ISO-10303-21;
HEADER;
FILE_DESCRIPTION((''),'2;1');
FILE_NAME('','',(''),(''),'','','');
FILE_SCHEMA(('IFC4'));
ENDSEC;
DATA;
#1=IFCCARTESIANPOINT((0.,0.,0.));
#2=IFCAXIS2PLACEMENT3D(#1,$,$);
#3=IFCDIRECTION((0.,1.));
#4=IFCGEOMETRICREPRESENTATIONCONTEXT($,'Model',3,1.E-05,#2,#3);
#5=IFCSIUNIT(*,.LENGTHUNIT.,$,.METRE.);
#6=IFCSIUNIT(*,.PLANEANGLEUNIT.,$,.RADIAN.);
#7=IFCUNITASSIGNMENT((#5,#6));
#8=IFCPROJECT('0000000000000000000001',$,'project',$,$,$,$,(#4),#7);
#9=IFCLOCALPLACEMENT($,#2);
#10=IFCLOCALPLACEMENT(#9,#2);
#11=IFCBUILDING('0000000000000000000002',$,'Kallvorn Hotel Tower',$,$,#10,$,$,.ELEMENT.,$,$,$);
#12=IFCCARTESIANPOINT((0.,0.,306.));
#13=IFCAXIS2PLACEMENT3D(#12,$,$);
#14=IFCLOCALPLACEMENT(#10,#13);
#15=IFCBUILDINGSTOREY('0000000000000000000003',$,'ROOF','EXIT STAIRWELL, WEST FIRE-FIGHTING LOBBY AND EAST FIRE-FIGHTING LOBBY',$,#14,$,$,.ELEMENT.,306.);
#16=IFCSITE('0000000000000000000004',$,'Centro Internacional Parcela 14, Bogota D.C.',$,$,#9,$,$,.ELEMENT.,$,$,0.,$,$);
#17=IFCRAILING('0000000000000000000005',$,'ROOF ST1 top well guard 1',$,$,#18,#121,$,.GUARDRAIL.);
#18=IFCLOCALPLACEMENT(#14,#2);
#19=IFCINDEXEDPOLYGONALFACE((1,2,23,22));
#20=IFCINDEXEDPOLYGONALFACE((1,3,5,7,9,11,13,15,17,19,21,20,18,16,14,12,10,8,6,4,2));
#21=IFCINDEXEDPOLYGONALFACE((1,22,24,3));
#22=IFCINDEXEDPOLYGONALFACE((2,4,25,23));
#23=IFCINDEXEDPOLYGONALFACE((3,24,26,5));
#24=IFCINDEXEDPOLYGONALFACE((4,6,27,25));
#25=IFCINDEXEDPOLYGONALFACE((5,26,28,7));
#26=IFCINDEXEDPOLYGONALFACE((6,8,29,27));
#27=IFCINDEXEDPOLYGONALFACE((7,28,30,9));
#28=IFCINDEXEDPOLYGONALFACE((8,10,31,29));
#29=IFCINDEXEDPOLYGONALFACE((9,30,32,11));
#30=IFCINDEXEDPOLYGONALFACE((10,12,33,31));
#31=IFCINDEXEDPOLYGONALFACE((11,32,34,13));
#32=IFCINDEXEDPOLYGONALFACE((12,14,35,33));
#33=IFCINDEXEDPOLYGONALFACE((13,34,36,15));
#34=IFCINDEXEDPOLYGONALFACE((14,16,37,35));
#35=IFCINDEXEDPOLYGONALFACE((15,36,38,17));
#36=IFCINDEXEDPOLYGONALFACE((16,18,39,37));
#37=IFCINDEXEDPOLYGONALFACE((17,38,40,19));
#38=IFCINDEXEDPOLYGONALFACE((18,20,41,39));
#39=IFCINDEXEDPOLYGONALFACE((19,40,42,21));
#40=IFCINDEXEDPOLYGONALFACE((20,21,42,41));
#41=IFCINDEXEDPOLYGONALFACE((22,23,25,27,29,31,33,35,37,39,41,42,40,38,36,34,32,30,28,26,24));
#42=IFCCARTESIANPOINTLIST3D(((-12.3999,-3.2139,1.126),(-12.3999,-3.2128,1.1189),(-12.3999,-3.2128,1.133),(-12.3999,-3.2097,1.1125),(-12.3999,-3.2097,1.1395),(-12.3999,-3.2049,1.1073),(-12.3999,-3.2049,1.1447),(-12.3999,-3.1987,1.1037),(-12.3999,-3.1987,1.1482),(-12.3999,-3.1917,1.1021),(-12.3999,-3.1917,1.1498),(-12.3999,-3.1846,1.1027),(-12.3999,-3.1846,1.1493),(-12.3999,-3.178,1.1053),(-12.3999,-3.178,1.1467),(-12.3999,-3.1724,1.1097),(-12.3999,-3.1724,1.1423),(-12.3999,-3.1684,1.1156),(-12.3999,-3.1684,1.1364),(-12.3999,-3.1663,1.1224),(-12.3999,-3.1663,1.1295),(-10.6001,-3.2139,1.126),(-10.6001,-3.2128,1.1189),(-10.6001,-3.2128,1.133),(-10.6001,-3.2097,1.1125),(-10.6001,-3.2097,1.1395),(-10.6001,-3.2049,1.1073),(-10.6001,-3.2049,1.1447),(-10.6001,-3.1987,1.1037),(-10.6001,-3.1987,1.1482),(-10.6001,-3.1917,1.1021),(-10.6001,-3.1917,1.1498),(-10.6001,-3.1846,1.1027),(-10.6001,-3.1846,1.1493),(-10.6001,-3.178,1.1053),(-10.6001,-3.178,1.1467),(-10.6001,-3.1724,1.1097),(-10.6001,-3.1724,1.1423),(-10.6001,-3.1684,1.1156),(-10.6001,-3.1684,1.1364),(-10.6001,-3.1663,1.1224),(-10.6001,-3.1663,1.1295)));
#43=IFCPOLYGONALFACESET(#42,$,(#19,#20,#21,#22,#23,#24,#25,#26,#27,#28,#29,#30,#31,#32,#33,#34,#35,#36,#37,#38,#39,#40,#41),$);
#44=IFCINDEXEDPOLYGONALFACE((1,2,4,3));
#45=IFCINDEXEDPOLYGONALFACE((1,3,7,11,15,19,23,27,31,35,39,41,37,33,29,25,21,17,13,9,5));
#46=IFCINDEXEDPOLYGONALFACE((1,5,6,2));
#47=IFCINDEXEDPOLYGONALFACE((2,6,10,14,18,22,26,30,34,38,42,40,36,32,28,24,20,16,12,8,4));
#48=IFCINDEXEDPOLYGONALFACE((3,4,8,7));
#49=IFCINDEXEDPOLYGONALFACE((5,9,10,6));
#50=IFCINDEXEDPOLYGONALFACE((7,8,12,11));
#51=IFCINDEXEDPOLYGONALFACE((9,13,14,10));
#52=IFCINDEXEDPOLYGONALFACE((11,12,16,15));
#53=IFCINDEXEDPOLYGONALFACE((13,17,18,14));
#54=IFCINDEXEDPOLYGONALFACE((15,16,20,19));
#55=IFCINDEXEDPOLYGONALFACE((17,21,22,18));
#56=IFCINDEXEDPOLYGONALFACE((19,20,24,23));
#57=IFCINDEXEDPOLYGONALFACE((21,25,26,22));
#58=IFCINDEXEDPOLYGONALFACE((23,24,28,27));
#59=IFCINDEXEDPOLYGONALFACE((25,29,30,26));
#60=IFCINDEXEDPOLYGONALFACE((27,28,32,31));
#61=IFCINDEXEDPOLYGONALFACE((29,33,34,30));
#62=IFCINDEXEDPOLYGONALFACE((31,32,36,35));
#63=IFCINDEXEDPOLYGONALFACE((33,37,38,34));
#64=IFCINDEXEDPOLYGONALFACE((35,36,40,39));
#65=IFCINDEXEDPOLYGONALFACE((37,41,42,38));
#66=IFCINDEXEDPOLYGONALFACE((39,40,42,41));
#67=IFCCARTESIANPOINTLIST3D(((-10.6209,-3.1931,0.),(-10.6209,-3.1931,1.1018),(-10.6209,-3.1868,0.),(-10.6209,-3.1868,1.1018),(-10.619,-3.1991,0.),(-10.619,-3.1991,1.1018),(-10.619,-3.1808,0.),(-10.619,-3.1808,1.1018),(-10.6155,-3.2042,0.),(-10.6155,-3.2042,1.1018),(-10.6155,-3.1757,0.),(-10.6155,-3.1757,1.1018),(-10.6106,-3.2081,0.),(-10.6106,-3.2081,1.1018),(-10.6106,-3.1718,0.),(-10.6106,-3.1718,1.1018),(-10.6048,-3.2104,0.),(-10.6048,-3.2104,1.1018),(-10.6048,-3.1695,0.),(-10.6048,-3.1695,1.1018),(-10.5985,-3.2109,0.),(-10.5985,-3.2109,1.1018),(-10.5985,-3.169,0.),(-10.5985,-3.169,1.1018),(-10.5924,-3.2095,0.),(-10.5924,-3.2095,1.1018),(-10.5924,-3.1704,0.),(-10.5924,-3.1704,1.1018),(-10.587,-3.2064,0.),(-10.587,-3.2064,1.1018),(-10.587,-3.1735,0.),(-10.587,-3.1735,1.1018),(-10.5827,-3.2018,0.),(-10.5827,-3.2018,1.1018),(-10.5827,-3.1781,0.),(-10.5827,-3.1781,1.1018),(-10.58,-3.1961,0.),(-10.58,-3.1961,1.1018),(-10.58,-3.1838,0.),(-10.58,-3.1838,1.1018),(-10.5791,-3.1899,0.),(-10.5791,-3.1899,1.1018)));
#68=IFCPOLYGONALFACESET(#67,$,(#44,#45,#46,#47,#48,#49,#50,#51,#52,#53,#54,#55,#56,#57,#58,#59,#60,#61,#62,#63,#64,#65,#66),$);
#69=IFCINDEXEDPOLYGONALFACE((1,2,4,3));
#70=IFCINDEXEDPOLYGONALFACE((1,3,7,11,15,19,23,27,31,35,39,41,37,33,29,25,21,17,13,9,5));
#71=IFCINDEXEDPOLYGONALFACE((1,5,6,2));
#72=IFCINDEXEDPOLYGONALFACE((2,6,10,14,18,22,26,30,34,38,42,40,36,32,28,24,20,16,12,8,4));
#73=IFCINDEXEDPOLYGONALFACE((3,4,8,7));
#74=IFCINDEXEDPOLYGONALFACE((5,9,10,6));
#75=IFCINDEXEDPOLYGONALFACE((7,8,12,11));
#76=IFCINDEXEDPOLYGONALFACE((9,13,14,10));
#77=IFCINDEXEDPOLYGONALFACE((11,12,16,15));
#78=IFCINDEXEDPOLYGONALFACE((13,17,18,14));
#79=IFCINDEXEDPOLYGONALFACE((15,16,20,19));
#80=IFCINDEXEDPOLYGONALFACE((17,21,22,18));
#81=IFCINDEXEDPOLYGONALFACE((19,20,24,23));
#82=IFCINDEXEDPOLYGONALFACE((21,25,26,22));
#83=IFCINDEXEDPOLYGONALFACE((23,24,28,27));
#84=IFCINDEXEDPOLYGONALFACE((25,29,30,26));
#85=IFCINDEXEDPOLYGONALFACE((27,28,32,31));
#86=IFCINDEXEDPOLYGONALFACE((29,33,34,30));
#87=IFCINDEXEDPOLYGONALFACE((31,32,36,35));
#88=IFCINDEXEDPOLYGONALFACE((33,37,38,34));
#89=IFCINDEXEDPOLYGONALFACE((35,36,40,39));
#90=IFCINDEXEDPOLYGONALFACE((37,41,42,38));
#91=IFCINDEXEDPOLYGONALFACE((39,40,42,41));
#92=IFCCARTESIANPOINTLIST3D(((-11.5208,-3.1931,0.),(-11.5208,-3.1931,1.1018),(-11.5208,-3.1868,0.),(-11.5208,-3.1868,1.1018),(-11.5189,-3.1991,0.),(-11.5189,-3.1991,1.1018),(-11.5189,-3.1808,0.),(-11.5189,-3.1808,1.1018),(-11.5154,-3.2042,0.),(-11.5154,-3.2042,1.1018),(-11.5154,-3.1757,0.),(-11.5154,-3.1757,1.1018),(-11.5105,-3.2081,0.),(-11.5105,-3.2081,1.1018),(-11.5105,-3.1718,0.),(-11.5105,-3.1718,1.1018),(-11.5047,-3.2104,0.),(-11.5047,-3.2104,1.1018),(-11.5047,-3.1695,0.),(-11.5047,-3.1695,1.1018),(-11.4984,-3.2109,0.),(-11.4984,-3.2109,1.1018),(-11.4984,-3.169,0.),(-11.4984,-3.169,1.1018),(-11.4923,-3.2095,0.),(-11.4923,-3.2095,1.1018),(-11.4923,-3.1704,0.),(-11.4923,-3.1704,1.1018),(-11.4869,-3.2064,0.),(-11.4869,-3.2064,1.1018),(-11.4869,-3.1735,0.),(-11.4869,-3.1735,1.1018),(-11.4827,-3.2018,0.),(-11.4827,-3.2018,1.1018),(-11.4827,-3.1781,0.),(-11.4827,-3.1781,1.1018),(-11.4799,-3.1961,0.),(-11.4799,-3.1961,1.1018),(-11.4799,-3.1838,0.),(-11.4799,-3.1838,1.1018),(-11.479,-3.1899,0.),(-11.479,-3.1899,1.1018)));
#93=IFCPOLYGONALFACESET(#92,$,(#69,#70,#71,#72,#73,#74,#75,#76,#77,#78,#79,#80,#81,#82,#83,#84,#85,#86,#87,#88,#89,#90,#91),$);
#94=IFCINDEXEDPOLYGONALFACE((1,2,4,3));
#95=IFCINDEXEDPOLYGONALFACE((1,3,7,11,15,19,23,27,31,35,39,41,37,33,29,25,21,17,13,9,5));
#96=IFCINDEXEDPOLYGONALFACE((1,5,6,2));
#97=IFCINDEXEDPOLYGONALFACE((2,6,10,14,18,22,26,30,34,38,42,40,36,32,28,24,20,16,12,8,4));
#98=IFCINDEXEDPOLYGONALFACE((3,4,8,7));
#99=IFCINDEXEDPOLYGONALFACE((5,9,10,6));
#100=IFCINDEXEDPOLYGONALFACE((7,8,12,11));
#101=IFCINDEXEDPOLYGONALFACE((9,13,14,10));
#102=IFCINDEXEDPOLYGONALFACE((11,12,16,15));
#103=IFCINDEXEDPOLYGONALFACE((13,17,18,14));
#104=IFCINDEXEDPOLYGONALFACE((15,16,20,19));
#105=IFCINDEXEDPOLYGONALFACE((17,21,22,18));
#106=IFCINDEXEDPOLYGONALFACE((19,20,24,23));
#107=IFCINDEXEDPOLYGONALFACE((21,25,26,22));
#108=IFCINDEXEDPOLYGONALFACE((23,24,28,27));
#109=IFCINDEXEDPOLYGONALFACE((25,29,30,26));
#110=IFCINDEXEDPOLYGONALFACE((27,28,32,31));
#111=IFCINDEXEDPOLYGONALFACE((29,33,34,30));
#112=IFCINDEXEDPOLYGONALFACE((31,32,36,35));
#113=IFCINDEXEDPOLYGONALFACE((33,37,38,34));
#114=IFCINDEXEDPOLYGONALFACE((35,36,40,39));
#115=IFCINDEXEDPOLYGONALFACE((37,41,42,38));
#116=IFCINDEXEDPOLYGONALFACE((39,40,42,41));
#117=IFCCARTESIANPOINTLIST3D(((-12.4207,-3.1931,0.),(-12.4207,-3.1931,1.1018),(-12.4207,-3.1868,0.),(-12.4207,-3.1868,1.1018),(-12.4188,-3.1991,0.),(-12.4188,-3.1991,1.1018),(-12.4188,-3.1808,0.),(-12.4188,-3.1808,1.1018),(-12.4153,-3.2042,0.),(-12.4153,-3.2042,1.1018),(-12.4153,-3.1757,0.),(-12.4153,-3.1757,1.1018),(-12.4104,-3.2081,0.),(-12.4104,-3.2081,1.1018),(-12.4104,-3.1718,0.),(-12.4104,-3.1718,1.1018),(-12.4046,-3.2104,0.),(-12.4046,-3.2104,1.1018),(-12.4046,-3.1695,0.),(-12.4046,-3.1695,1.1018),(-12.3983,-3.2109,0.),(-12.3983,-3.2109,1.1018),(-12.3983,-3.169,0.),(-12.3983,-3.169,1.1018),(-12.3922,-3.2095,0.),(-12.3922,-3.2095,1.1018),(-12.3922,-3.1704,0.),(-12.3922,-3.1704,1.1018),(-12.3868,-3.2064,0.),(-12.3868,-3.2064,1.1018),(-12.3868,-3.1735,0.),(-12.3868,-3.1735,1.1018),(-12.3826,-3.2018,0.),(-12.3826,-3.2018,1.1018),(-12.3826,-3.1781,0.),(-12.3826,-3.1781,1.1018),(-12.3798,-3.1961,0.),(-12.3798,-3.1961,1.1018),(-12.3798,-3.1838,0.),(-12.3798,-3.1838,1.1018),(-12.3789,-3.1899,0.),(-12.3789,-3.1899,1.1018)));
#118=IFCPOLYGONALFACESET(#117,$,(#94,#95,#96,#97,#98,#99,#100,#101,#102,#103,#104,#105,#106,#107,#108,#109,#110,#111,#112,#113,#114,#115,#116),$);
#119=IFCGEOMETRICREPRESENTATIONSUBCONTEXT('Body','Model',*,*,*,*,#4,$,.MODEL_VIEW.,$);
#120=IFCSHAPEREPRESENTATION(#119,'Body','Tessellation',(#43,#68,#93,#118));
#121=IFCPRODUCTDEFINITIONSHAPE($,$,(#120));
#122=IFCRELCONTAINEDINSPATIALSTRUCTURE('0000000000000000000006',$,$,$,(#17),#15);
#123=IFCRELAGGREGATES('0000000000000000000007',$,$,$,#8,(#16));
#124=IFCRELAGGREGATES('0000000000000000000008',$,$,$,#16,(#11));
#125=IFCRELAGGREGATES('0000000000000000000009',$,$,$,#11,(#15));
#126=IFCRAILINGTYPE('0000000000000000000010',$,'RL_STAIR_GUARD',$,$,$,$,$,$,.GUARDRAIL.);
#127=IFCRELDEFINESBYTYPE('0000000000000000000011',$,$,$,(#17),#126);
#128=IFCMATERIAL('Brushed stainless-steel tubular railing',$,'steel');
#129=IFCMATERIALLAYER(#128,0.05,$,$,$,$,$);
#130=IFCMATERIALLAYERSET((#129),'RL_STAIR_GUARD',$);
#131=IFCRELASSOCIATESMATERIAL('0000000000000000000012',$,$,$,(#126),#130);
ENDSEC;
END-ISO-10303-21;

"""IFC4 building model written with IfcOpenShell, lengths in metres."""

from ifc_helpers import new_model, si_unit, direction, frame, origin, origin_2d, place, context, subcontext, project, spatial, circle, extrude, material, layer, layer_set, type_object, element, save


model = new_model("IFC4")

# Units and contexts
model_context = context("Model", 3, precision=1e-05, world=origin(), true_north=direction((0.0, 1.0)))
body_context = subcontext(model_context, "Body", "Model", "MODEL_VIEW")
ifc_project = project(units=[si_unit("LENGTHUNIT", "METRE"), si_unit("PLANEANGLEUNIT", "RADIAN")], contexts=[model_context])

# Site, building, storey
site_placement = place(None, origin())
site = spatial("IfcSite", under=ifc_project, at=site_placement, Name="Centro Internacional Parcela 14, Bogota D.C.", CompositionType="ELEMENT", RefElevation=0.0)
building_placement = place(site_placement, origin())
building = spatial("IfcBuilding", under=site, at=building_placement, Name="Kallvorn Hotel Tower", CompositionType="ELEMENT")
storey_placement = place(building_placement, frame((0.0, 0.0, 306.0)))
storey = spatial("IfcBuildingStorey", under=building, at=storey_placement, Name="ROOF", Description="EXIT STAIRWELL, WEST FIRE-FIGHTING LOBBY AND EAST FIRE-FIGHTING LOBBY", CompositionType="ELEMENT", Elevation=306.0)

# Railing
ifc_material_1 = material(Name="Brushed stainless-steel tubular railing", Category="steel")
ifc_layer_1 = layer(ifc_material_1, 0.05)
ifc_layer_set_1 = layer_set([ifc_layer_1], Name="RL_STAIR_GUARD")
railing_type = type_object("IfcRailingType", Name="RL_STAIR_GUARD", PredefinedType="GUARDRAIL", material=ifc_layer_set_1)
railing_1_placement = place(storey_placement, frame((-10.6001, -3.1899, 0.0)))
element("IfcRailing", 1, at=railing_1_placement, inside=storey, type_object=railing_type, Name="ROOF ST1 top well guard 1", PredefinedType="GUARDRAIL", context=body_context, shape_type="SweptSolid", body=[
    extrude(circle(Radius=0.0239, at=origin_2d()), frame((0.0, 0.0, 1.126), z_axis=(-1.0, 0.0, 0.0), x_axis=(0.0, -1.0, 0.0)), (0.0, 0.0, 1.0), 1.7998),
    extrude(circle(Radius=0.021, at=origin_2d()), origin(), (0.0, 0.0, 1.0), 1.1018),
    extrude(circle(Radius=0.021, at=origin_2d()), frame((-0.8999, 0.0, 0.0)), (0.0, 0.0, 1.0), 1.1018),
    extrude(circle(Radius=0.021, at=origin_2d()), frame((-1.7998, 0.0, 0.0)), (0.0, 0.0, 1.0), 1.1018),
])

save(model, "model.ifc")
